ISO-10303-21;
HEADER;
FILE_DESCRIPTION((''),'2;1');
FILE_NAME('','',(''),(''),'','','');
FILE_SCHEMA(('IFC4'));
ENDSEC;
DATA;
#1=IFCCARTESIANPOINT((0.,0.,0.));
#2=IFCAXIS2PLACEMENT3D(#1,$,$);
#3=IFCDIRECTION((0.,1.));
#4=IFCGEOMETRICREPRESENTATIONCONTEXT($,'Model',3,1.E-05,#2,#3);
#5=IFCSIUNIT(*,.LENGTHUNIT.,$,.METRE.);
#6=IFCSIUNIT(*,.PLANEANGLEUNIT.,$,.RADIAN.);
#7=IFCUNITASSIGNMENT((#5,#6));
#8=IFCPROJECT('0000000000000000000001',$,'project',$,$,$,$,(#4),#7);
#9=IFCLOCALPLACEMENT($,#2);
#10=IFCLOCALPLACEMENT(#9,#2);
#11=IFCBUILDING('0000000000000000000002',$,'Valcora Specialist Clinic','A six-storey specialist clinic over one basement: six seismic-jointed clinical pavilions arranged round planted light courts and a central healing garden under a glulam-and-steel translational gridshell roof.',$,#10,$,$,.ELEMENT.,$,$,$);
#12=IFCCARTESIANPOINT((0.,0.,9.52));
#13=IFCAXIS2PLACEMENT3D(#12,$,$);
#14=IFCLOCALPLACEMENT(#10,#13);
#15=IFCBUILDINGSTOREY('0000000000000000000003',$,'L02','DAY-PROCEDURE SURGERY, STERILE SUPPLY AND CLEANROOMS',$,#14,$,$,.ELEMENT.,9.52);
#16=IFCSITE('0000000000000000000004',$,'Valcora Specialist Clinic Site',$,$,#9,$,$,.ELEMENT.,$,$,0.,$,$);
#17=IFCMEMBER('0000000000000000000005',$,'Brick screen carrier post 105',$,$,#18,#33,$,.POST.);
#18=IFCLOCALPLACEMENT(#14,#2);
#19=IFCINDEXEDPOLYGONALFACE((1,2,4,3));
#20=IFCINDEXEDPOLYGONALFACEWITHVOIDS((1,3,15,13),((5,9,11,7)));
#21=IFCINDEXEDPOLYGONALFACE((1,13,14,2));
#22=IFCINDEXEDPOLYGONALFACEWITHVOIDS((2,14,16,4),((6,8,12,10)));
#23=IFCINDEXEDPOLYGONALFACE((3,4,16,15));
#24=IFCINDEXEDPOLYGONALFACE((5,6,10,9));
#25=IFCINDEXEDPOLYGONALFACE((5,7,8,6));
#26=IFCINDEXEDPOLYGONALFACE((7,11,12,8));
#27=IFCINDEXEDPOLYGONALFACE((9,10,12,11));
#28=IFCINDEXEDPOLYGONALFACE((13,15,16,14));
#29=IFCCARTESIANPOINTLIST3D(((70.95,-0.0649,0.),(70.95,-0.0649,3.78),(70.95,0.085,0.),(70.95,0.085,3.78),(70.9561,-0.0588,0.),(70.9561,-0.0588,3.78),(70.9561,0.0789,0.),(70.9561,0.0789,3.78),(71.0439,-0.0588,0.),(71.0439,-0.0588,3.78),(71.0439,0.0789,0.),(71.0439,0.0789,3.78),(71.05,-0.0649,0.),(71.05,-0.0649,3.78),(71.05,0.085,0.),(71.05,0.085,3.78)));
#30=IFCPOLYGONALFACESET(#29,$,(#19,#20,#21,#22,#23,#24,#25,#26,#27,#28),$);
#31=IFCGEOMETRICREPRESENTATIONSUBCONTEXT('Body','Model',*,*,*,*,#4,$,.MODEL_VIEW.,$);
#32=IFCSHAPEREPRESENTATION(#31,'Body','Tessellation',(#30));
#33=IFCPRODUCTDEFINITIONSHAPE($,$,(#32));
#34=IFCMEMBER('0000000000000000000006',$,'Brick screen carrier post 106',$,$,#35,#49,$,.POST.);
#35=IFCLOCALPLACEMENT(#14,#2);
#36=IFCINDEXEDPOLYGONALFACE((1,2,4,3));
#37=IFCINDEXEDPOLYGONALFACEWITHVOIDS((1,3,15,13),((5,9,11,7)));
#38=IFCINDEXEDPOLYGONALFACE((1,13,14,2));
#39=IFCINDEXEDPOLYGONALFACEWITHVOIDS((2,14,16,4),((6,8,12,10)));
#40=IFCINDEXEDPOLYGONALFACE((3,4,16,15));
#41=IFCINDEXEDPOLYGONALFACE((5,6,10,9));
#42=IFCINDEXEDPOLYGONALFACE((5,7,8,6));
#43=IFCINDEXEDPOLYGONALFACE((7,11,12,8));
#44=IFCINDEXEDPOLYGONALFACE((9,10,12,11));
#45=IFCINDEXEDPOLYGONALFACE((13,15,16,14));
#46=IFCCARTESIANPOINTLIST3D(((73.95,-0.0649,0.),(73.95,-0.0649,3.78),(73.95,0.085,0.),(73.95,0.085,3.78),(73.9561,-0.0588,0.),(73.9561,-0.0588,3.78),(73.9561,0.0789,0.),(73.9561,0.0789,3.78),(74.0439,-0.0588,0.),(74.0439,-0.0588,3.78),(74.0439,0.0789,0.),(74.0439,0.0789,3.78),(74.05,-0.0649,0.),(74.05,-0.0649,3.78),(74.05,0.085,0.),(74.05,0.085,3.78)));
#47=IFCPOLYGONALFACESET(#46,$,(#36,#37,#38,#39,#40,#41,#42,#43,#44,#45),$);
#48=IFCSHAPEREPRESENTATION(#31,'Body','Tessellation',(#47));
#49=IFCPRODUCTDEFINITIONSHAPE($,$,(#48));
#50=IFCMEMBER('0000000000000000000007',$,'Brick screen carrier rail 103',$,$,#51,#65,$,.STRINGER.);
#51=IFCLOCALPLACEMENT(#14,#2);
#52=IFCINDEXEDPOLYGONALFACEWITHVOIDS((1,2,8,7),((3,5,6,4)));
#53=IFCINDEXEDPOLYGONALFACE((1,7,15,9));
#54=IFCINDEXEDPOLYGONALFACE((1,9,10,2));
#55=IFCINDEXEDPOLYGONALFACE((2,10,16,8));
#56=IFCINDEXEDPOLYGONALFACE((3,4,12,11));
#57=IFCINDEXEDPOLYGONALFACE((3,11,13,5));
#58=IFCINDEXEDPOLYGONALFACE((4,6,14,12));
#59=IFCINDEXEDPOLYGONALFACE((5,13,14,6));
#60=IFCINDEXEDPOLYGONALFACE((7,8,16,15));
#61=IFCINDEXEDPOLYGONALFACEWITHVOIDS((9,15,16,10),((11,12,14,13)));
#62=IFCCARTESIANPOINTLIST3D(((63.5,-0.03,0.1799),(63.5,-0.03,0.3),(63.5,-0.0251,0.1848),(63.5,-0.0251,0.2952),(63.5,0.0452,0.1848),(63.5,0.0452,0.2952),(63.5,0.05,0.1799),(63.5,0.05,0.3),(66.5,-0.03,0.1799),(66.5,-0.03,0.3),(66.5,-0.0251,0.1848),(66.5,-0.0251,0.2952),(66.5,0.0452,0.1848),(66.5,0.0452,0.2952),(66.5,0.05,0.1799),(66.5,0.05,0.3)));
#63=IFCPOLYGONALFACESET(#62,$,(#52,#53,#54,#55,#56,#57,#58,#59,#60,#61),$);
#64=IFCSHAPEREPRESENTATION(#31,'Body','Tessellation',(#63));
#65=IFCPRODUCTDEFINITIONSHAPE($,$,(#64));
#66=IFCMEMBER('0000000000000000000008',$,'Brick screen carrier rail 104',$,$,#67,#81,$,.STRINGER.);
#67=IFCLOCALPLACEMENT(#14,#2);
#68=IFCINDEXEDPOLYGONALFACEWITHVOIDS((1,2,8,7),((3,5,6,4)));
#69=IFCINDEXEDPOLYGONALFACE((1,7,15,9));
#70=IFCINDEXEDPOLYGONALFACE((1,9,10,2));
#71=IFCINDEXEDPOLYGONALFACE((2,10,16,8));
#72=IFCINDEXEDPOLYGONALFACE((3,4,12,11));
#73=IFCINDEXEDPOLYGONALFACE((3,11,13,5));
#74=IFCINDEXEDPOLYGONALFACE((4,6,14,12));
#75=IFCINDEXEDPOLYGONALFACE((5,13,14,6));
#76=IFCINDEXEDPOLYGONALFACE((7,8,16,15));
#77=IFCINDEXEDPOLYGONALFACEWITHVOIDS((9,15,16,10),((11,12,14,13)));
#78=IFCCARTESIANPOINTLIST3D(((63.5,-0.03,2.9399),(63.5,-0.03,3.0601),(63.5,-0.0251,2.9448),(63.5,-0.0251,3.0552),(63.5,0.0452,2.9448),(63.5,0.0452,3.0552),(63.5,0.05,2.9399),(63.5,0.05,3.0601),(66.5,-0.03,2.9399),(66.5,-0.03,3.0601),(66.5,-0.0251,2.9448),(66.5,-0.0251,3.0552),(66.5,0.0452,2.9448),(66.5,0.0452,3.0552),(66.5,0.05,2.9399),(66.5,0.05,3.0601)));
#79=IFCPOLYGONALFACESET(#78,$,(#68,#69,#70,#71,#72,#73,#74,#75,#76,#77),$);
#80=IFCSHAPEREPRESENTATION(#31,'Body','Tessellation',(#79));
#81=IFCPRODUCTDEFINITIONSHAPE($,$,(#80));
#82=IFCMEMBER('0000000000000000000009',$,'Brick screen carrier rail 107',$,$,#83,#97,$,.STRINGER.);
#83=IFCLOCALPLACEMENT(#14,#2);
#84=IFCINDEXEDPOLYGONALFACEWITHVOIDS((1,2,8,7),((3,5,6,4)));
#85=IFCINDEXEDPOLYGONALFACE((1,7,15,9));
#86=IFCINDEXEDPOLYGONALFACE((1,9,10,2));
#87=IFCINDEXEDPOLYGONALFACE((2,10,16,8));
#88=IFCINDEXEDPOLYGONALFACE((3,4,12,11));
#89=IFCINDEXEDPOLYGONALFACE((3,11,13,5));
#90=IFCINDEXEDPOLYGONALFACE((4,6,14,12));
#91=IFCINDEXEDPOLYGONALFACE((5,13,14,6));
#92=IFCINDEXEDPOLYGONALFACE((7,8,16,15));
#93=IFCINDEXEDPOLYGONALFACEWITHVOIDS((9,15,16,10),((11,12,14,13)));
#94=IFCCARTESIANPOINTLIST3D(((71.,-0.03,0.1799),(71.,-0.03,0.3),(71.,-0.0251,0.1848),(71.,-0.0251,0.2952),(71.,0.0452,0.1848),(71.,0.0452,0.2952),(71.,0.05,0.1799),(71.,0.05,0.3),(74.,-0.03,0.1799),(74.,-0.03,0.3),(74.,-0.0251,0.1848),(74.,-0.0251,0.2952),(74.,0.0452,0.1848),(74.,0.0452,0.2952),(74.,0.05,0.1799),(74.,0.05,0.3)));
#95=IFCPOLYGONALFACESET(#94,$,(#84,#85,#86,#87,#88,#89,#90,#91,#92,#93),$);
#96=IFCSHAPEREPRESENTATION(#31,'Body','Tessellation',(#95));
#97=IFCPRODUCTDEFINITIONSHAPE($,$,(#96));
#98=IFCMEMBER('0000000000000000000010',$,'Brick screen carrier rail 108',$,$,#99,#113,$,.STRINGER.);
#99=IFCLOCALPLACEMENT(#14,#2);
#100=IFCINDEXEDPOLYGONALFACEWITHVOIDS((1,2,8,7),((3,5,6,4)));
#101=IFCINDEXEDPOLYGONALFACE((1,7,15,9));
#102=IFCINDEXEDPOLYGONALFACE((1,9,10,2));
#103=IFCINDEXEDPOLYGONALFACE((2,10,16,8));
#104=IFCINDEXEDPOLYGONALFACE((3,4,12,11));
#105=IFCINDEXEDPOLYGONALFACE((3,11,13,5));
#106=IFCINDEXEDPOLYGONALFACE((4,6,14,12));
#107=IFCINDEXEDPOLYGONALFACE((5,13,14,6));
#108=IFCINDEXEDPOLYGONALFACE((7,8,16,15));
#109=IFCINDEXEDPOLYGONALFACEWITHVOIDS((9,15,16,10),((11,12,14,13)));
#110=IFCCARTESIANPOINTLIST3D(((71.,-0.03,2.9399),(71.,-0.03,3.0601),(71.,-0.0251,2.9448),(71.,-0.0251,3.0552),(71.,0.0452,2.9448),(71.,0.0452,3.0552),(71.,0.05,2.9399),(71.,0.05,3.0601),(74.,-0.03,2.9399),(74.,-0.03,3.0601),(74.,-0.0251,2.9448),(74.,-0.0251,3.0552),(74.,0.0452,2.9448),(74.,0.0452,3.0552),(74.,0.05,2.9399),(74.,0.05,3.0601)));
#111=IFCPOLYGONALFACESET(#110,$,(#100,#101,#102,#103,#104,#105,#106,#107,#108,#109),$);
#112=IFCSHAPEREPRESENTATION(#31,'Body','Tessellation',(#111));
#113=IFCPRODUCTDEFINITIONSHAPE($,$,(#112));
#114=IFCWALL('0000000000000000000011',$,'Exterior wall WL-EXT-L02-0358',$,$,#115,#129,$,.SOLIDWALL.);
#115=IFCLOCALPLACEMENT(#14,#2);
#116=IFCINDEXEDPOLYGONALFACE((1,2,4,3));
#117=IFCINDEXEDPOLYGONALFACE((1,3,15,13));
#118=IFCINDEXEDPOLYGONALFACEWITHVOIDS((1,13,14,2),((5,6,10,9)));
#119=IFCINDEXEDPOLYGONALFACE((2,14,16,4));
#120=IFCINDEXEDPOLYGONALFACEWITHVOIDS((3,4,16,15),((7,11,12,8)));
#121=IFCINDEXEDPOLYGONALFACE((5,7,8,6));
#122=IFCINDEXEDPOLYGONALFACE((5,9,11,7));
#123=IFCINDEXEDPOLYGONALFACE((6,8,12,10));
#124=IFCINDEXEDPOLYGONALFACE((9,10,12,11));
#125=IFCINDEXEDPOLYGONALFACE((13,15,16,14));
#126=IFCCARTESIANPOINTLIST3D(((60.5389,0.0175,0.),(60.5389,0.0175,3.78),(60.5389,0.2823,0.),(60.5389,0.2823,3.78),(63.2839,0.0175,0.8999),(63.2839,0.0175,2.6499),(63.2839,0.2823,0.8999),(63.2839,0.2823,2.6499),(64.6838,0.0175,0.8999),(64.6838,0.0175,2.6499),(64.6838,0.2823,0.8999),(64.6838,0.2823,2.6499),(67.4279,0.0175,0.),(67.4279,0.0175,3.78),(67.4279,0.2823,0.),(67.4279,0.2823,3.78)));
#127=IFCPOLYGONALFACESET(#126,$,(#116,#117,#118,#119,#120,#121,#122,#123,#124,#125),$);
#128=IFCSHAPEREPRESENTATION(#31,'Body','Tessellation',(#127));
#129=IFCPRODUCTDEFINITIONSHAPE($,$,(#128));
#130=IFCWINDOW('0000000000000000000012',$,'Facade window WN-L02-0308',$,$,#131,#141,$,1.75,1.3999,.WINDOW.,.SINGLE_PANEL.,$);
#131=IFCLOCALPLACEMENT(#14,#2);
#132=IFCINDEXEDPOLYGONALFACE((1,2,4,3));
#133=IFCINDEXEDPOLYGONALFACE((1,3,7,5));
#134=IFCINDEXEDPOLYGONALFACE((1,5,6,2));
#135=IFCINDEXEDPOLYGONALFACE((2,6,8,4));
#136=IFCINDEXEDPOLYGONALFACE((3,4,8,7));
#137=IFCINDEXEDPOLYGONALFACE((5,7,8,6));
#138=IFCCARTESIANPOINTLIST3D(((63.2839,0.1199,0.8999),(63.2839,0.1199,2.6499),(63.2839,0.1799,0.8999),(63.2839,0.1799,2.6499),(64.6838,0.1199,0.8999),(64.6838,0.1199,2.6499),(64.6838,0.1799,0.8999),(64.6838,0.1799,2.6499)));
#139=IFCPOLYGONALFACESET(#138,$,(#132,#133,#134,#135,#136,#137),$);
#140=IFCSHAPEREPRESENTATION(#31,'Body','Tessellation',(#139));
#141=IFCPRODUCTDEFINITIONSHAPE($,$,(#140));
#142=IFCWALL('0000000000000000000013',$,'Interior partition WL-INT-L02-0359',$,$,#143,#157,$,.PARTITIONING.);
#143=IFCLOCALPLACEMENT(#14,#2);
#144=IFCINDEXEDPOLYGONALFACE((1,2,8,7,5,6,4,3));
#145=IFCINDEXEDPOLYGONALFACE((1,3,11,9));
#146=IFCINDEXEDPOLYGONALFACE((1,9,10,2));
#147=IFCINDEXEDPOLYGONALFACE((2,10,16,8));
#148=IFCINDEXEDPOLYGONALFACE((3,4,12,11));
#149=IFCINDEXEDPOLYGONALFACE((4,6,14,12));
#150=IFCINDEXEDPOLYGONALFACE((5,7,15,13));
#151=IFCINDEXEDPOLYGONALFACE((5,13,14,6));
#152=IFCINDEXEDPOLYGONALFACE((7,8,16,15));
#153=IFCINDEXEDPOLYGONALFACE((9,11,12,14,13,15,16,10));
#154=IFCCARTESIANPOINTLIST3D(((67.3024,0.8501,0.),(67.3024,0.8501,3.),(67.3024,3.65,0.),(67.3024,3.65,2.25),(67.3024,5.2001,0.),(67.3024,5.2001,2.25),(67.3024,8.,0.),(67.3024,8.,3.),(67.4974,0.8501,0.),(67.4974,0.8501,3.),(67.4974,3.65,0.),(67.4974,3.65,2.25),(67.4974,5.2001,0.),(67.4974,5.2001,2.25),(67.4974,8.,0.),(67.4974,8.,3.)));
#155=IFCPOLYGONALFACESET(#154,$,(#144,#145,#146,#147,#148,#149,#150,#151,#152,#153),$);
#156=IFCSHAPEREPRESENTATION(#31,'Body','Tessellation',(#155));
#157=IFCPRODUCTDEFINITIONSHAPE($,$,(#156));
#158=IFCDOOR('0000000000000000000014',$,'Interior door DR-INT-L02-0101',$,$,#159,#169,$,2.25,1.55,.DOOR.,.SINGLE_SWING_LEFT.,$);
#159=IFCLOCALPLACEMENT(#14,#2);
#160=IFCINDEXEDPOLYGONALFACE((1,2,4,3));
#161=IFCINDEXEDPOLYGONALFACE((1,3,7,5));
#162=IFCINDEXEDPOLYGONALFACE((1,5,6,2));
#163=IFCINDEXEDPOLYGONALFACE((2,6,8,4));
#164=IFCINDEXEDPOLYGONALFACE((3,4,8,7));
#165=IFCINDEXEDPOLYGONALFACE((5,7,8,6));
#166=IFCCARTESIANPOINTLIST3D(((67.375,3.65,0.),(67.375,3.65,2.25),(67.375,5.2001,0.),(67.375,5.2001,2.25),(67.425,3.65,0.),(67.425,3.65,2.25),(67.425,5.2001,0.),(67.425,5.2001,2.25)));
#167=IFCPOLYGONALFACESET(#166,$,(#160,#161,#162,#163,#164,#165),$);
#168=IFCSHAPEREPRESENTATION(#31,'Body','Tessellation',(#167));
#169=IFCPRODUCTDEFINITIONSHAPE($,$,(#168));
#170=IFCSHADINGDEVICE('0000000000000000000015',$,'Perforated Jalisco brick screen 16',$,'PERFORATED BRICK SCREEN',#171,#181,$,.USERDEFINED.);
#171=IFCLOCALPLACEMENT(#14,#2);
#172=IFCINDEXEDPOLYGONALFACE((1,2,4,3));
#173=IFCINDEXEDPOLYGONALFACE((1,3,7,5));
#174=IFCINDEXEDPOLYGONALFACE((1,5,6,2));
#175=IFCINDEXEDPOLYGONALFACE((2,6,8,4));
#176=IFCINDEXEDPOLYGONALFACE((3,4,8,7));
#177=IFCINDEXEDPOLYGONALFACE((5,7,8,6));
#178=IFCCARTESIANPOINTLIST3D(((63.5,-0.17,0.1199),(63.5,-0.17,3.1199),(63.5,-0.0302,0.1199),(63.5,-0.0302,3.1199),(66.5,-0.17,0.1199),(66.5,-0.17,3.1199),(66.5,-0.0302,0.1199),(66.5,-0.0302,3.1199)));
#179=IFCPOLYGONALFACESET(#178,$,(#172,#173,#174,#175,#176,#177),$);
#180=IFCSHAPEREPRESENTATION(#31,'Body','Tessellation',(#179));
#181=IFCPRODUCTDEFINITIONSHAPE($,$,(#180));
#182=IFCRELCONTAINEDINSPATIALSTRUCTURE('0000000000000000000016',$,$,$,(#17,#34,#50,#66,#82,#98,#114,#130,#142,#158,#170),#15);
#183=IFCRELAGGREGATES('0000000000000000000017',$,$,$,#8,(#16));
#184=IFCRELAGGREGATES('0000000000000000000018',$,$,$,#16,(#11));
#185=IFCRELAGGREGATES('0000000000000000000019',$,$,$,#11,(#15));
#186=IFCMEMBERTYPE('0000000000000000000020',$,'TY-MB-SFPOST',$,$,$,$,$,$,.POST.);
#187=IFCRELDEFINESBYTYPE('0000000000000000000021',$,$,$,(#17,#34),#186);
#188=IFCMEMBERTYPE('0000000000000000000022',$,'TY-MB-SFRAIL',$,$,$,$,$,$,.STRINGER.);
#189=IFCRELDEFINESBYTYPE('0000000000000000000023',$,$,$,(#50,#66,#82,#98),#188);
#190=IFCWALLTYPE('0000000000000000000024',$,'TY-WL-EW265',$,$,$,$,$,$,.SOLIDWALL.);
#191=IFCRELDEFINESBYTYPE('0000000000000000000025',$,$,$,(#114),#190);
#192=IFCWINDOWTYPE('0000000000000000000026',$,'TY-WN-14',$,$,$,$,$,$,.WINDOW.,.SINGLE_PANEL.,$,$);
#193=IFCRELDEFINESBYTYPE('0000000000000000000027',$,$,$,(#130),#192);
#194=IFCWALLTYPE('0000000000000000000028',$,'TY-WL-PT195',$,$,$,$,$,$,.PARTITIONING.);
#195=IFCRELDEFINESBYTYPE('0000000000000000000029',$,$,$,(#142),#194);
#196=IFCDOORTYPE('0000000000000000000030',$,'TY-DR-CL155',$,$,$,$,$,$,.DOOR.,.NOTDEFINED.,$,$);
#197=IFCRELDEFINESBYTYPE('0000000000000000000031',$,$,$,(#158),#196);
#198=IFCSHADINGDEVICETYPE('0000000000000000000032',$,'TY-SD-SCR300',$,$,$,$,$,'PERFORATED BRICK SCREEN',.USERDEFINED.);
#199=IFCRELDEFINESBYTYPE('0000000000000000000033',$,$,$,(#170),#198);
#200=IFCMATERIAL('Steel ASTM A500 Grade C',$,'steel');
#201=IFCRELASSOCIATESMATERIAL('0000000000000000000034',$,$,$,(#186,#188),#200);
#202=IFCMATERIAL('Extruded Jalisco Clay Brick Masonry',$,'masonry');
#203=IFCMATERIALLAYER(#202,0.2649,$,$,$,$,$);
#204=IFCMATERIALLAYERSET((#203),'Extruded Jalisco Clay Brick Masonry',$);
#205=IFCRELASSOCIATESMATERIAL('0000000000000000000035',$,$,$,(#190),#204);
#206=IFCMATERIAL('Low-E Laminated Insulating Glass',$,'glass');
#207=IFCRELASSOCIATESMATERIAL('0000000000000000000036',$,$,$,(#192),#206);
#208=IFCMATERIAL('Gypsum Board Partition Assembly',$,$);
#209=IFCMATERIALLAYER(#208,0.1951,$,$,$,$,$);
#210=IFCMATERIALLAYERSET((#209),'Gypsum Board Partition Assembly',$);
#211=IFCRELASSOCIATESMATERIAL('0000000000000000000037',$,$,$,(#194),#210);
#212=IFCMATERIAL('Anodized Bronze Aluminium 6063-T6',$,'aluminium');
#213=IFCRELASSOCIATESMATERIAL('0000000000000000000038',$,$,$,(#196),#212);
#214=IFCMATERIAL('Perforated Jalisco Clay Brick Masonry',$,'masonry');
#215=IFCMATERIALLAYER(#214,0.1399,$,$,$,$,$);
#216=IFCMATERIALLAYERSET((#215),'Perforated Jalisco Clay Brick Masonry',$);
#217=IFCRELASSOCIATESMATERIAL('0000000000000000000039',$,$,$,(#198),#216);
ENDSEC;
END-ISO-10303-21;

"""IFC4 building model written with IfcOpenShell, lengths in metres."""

from ifc_helpers import new_model, si_unit, direction, frame, frame_2d, origin, origin_2d, place, context, subcontext, project, spatial, rectangle, hollow_rectangle, extrude, material, layer, layer_set, material_profile, profile_set, type_object, element, fill, save


model = new_model("IFC4")

# Units and contexts
model_context = context("Model", 3, precision=1e-05, world=origin(), true_north=direction((0.0, 1.0)))
body_context = subcontext(model_context, "Body", "Model", "MODEL_VIEW")
ifc_project = project(units=[si_unit("LENGTHUNIT", "METRE"), si_unit("PLANEANGLEUNIT", "RADIAN")], contexts=[model_context])

# Site, building, storey
site_placement = place(None, origin())
site = spatial("IfcSite", under=ifc_project, at=site_placement, Name="Valcora Specialist Clinic Site", CompositionType="ELEMENT", RefElevation=0.0)
building_placement = place(site_placement, origin())
building = spatial("IfcBuilding", under=site, at=building_placement, Name="Valcora Specialist Clinic", Description="A six-storey specialist clinic over one basement: six seismic-jointed clinical pavilions arranged round planted light courts and a central healing garden under a glulam-and-steel translational gridshell roof.", CompositionType="ELEMENT")
storey_placement = place(building_placement, frame((0.0, 0.0, 9.52)))
storey = spatial("IfcBuildingStorey", under=building, at=storey_placement, Name="L02", Description="DAY-PROCEDURE SURGERY, STERILE SUPPLY AND CLEANROOMS", CompositionType="ELEMENT", Elevation=9.52)

# Members
ifc_material_1 = material(Name="Steel ASTM A500 Grade C", Category="steel")
ifc_material_profile_1 = material_profile(ifc_material_1, hollow_rectangle(XDim=0.1001, YDim=0.1499, WallThickness=0.0061, at=origin_2d()), Name="ST-RHS-150X100X6")
ifc_profile_set_1 = profile_set([ifc_material_profile_1], Name="Steel ASTM A500 Grade C")
member_type_1 = type_object("IfcMemberType", Name="TY-MB-SFPOST", PredefinedType="POST", material=ifc_profile_set_1)
for number, where, z_axis, x_axis, name in (
    (1, (71.0, 0.01, 0.0), (0.0, 0.0, 1.0), (1.0, 0.0, 0.0), "Brick screen carrier post 105"),
    (2, (74.0, 0.01, 0.0), (0.0, 0.0, 1.0), (1.0, 0.0, 0.0), "Brick screen carrier post 106"),
):
    element("IfcMember", number, at=place(storey_placement, frame(where, z_axis=z_axis, x_axis=x_axis)), inside=storey, type_object=member_type_1, Name=name, PredefinedType="POST", context=body_context, shape_type="SweptSolid", body=[
        extrude(hollow_rectangle(XDim=0.1001, YDim=0.1499, WallThickness=0.0061, at=origin_2d()), origin(), (0.0, 0.0, 1.0), 3.78),
    ])
ifc_material_profile_2 = material_profile(ifc_material_1, hollow_rectangle(XDim=0.0801, YDim=0.1201, WallThickness=0.0049, at=origin_2d()), Name="ST-RHS-120X80X5")
ifc_profile_set_2 = profile_set([ifc_material_profile_2], Name="Steel ASTM A500 Grade C")
member_type_2 = type_object("IfcMemberType", Name="TY-MB-SFRAIL", PredefinedType="STRINGER", material=ifc_profile_set_2)
for number, where, z_axis, x_axis, name in (
    (3, (63.5, 0.01, 0.24), (1.0, 0.0, 0.0), (0.0, 1.0, 0.0), "Brick screen carrier rail 103"),
    (4, (63.5, 0.01, 3.0), (1.0, 0.0, 0.0), (0.0, 1.0, 0.0), "Brick screen carrier rail 104"),
    (5, (71.0, 0.01, 0.24), (1.0, 0.0, 0.0), (0.0, 1.0, 0.0), "Brick screen carrier rail 107"),
    (6, (71.0, 0.01, 3.0), (1.0, 0.0, 0.0), (0.0, 1.0, 0.0), "Brick screen carrier rail 108"),
):
    element("IfcMember", number, at=place(storey_placement, frame(where, z_axis=z_axis, x_axis=x_axis)), inside=storey, type_object=member_type_2, Name=name, PredefinedType="STRINGER", context=body_context, shape_type="SweptSolid", body=[
        extrude(hollow_rectangle(XDim=0.0801, YDim=0.1201, WallThickness=0.0049, at=origin_2d()), origin(), (0.0, 0.0, 1.0), 3.0),
    ])

# Wall, opening, window
ifc_material_2 = material(Name="Extruded Jalisco Clay Brick Masonry", Category="masonry")
ifc_layer_1 = layer(ifc_material_2, 0.2649)
ifc_layer_set_1 = layer_set([ifc_layer_1], Name="Extruded Jalisco Clay Brick Masonry")
wall_type_1 = type_object("IfcWallType", Name="TY-WL-EW265", PredefinedType="SOLIDWALL", material=ifc_layer_set_1)
wall_1_placement = place(storey_placement, frame((67.4277, 0.1499, 0.0), z_axis=(0.0, 0.0, 1.0), x_axis=(-1.0, 0.0, 0.0)))
wall_1 = element("IfcWall", 7, at=wall_1_placement, inside=storey, type_object=wall_type_1, Name="Exterior wall WL-EXT-L02-0358", PredefinedType="SOLIDWALL", context=body_context, shape_type="SweptSolid", body=[
    extrude(rectangle(XDim=6.8889, YDim=0.2649, at=frame_2d((3.4443, 0.0))), origin(), (0.0, 0.0, 1.0), 3.78),
])
opening_1_placement = place(wall_1_placement, frame((2.7439, 0.0, 0.8999)))
opening_1 = element("IfcOpeningElement", 8, at=opening_1_placement, cuts=wall_1, PredefinedType="OPENING", context=body_context, shape_type="SweptSolid", body=[
    extrude(rectangle(XDim=1.3999, YDim=1.75, at=frame_2d((0.7, 0.875))), frame((0.0, 0.1423, 0.0), z_axis=(0.0, -1.0, 0.0), x_axis=(1.0, 0.0, 0.0)), (0.0, 0.0, 1.0), 0.2849),
])
ifc_material_3 = material(Name="Low-E Laminated Insulating Glass", Category="glass")
window_type = type_object("IfcWindowType", Name="TY-WN-14", PartitioningType="SINGLE_PANEL", PredefinedType="WINDOW", material=ifc_material_3)
window_placement = place(opening_1_placement, origin())
window = element("IfcWindow", 9, at=window_placement, inside=storey, type_object=window_type, Name="Facade window WN-L02-0308", OverallHeight=1.75, OverallWidth=1.3999, PartitioningType="SINGLE_PANEL", PredefinedType="WINDOW", context=body_context, shape_type="SweptSolid", body=[
    extrude(rectangle(XDim=1.3999, YDim=1.75, at=frame_2d((0.7, 0.875))), frame((0.0, 0.03, 0.0), z_axis=(0.0, -1.0, 0.0), x_axis=(1.0, 0.0, 0.0)), (0.0, 0.0, 1.0), 0.0601),
])
fill(opening_1, window)

# Wall, opening, door
ifc_material_4 = material(Name="Gypsum Board Partition Assembly")
ifc_layer_2 = layer(ifc_material_4, 0.1951)
ifc_layer_set_2 = layer_set([ifc_layer_2], Name="Gypsum Board Partition Assembly")
wall_type_2 = type_object("IfcWallType", Name="TY-WL-PT195", PredefinedType="PARTITIONING", material=ifc_layer_set_2)
wall_2_placement = place(storey_placement, frame((67.3999, 0.8501, 0.0), z_axis=(0.0, 0.0, 1.0), x_axis=(0.0, 1.0, 0.0)))
wall_2 = element("IfcWall", 10, at=wall_2_placement, inside=storey, type_object=wall_type_2, Name="Interior partition WL-INT-L02-0359", PredefinedType="PARTITIONING", context=body_context, shape_type="SweptSolid", body=[
    extrude(rectangle(XDim=7.1499, YDim=0.1951, at=frame_2d((3.575, 0.0))), origin(), (0.0, 0.0, 1.0), 3.0),
])
opening_2_placement = place(wall_2_placement, frame((2.8, 0.0, 0.0)))
opening_2 = element("IfcOpeningElement", 11, at=opening_2_placement, cuts=wall_2, PredefinedType="OPENING", context=body_context, shape_type="SweptSolid", body=[
    extrude(rectangle(XDim=1.55, YDim=2.25, at=frame_2d((0.7749, 1.125))), frame((0.0, 0.1074, 0.0), z_axis=(0.0, -1.0, 0.0), x_axis=(1.0, 0.0, 0.0)), (0.0, 0.0, 1.0), 0.2151),
])
ifc_material_5 = material(Name="Anodized Bronze Aluminium 6063-T6", Category="aluminium")
door_type = type_object("IfcDoorType", Name="TY-DR-CL155", OperationType="NOTDEFINED", PredefinedType="DOOR", material=ifc_material_5)
door_placement = place(opening_2_placement, origin())
door = element("IfcDoor", 12, at=door_placement, inside=storey, type_object=door_type, Name="Interior door DR-INT-L02-0101", OperationType="SINGLE_SWING_LEFT", OverallHeight=2.25, OverallWidth=1.55, PredefinedType="DOOR", context=body_context, shape_type="SweptSolid", body=[
    extrude(rectangle(XDim=1.55, YDim=2.25, at=frame_2d((0.7749, 1.125))), frame((0.0, 0.0249, 0.0), z_axis=(0.0, -1.0, 0.0), x_axis=(1.0, 0.0, 0.0)), (0.0, 0.0, 1.0), 0.05),
])
fill(opening_2, door)

# Shading device
ifc_material_6 = material(Name="Perforated Jalisco Clay Brick Masonry", Category="masonry")
ifc_layer_3 = layer(ifc_material_6, 0.1399)
ifc_layer_set_3 = layer_set([ifc_layer_3], Name="Perforated Jalisco Clay Brick Masonry")
shading_device_type = type_object("IfcShadingDeviceType", Name="TY-SD-SCR300", ElementType="PERFORATED BRICK SCREEN", PredefinedType="USERDEFINED", material=ifc_layer_set_3)
for number, where, z_axis, x_axis, name in (
    (13, (65.0, -0.1001, 0.1199), (0.0, 0.0, 1.0), (1.0, 0.0, 0.0), "Perforated Jalisco brick screen 16"),
):
    element("IfcShadingDevice", number, at=place(storey_placement, frame(where, z_axis=z_axis, x_axis=x_axis)), inside=storey, type_object=shading_device_type, Name=name, ObjectType="PERFORATED BRICK SCREEN", PredefinedType="USERDEFINED", context=body_context, shape_type="SweptSolid", body=[
        extrude(rectangle(XDim=3.0, YDim=0.1399, at=origin_2d()), origin(), (0.0, 0.0, 1.0), 3.0),
    ])

save(model, "model.ifc")
